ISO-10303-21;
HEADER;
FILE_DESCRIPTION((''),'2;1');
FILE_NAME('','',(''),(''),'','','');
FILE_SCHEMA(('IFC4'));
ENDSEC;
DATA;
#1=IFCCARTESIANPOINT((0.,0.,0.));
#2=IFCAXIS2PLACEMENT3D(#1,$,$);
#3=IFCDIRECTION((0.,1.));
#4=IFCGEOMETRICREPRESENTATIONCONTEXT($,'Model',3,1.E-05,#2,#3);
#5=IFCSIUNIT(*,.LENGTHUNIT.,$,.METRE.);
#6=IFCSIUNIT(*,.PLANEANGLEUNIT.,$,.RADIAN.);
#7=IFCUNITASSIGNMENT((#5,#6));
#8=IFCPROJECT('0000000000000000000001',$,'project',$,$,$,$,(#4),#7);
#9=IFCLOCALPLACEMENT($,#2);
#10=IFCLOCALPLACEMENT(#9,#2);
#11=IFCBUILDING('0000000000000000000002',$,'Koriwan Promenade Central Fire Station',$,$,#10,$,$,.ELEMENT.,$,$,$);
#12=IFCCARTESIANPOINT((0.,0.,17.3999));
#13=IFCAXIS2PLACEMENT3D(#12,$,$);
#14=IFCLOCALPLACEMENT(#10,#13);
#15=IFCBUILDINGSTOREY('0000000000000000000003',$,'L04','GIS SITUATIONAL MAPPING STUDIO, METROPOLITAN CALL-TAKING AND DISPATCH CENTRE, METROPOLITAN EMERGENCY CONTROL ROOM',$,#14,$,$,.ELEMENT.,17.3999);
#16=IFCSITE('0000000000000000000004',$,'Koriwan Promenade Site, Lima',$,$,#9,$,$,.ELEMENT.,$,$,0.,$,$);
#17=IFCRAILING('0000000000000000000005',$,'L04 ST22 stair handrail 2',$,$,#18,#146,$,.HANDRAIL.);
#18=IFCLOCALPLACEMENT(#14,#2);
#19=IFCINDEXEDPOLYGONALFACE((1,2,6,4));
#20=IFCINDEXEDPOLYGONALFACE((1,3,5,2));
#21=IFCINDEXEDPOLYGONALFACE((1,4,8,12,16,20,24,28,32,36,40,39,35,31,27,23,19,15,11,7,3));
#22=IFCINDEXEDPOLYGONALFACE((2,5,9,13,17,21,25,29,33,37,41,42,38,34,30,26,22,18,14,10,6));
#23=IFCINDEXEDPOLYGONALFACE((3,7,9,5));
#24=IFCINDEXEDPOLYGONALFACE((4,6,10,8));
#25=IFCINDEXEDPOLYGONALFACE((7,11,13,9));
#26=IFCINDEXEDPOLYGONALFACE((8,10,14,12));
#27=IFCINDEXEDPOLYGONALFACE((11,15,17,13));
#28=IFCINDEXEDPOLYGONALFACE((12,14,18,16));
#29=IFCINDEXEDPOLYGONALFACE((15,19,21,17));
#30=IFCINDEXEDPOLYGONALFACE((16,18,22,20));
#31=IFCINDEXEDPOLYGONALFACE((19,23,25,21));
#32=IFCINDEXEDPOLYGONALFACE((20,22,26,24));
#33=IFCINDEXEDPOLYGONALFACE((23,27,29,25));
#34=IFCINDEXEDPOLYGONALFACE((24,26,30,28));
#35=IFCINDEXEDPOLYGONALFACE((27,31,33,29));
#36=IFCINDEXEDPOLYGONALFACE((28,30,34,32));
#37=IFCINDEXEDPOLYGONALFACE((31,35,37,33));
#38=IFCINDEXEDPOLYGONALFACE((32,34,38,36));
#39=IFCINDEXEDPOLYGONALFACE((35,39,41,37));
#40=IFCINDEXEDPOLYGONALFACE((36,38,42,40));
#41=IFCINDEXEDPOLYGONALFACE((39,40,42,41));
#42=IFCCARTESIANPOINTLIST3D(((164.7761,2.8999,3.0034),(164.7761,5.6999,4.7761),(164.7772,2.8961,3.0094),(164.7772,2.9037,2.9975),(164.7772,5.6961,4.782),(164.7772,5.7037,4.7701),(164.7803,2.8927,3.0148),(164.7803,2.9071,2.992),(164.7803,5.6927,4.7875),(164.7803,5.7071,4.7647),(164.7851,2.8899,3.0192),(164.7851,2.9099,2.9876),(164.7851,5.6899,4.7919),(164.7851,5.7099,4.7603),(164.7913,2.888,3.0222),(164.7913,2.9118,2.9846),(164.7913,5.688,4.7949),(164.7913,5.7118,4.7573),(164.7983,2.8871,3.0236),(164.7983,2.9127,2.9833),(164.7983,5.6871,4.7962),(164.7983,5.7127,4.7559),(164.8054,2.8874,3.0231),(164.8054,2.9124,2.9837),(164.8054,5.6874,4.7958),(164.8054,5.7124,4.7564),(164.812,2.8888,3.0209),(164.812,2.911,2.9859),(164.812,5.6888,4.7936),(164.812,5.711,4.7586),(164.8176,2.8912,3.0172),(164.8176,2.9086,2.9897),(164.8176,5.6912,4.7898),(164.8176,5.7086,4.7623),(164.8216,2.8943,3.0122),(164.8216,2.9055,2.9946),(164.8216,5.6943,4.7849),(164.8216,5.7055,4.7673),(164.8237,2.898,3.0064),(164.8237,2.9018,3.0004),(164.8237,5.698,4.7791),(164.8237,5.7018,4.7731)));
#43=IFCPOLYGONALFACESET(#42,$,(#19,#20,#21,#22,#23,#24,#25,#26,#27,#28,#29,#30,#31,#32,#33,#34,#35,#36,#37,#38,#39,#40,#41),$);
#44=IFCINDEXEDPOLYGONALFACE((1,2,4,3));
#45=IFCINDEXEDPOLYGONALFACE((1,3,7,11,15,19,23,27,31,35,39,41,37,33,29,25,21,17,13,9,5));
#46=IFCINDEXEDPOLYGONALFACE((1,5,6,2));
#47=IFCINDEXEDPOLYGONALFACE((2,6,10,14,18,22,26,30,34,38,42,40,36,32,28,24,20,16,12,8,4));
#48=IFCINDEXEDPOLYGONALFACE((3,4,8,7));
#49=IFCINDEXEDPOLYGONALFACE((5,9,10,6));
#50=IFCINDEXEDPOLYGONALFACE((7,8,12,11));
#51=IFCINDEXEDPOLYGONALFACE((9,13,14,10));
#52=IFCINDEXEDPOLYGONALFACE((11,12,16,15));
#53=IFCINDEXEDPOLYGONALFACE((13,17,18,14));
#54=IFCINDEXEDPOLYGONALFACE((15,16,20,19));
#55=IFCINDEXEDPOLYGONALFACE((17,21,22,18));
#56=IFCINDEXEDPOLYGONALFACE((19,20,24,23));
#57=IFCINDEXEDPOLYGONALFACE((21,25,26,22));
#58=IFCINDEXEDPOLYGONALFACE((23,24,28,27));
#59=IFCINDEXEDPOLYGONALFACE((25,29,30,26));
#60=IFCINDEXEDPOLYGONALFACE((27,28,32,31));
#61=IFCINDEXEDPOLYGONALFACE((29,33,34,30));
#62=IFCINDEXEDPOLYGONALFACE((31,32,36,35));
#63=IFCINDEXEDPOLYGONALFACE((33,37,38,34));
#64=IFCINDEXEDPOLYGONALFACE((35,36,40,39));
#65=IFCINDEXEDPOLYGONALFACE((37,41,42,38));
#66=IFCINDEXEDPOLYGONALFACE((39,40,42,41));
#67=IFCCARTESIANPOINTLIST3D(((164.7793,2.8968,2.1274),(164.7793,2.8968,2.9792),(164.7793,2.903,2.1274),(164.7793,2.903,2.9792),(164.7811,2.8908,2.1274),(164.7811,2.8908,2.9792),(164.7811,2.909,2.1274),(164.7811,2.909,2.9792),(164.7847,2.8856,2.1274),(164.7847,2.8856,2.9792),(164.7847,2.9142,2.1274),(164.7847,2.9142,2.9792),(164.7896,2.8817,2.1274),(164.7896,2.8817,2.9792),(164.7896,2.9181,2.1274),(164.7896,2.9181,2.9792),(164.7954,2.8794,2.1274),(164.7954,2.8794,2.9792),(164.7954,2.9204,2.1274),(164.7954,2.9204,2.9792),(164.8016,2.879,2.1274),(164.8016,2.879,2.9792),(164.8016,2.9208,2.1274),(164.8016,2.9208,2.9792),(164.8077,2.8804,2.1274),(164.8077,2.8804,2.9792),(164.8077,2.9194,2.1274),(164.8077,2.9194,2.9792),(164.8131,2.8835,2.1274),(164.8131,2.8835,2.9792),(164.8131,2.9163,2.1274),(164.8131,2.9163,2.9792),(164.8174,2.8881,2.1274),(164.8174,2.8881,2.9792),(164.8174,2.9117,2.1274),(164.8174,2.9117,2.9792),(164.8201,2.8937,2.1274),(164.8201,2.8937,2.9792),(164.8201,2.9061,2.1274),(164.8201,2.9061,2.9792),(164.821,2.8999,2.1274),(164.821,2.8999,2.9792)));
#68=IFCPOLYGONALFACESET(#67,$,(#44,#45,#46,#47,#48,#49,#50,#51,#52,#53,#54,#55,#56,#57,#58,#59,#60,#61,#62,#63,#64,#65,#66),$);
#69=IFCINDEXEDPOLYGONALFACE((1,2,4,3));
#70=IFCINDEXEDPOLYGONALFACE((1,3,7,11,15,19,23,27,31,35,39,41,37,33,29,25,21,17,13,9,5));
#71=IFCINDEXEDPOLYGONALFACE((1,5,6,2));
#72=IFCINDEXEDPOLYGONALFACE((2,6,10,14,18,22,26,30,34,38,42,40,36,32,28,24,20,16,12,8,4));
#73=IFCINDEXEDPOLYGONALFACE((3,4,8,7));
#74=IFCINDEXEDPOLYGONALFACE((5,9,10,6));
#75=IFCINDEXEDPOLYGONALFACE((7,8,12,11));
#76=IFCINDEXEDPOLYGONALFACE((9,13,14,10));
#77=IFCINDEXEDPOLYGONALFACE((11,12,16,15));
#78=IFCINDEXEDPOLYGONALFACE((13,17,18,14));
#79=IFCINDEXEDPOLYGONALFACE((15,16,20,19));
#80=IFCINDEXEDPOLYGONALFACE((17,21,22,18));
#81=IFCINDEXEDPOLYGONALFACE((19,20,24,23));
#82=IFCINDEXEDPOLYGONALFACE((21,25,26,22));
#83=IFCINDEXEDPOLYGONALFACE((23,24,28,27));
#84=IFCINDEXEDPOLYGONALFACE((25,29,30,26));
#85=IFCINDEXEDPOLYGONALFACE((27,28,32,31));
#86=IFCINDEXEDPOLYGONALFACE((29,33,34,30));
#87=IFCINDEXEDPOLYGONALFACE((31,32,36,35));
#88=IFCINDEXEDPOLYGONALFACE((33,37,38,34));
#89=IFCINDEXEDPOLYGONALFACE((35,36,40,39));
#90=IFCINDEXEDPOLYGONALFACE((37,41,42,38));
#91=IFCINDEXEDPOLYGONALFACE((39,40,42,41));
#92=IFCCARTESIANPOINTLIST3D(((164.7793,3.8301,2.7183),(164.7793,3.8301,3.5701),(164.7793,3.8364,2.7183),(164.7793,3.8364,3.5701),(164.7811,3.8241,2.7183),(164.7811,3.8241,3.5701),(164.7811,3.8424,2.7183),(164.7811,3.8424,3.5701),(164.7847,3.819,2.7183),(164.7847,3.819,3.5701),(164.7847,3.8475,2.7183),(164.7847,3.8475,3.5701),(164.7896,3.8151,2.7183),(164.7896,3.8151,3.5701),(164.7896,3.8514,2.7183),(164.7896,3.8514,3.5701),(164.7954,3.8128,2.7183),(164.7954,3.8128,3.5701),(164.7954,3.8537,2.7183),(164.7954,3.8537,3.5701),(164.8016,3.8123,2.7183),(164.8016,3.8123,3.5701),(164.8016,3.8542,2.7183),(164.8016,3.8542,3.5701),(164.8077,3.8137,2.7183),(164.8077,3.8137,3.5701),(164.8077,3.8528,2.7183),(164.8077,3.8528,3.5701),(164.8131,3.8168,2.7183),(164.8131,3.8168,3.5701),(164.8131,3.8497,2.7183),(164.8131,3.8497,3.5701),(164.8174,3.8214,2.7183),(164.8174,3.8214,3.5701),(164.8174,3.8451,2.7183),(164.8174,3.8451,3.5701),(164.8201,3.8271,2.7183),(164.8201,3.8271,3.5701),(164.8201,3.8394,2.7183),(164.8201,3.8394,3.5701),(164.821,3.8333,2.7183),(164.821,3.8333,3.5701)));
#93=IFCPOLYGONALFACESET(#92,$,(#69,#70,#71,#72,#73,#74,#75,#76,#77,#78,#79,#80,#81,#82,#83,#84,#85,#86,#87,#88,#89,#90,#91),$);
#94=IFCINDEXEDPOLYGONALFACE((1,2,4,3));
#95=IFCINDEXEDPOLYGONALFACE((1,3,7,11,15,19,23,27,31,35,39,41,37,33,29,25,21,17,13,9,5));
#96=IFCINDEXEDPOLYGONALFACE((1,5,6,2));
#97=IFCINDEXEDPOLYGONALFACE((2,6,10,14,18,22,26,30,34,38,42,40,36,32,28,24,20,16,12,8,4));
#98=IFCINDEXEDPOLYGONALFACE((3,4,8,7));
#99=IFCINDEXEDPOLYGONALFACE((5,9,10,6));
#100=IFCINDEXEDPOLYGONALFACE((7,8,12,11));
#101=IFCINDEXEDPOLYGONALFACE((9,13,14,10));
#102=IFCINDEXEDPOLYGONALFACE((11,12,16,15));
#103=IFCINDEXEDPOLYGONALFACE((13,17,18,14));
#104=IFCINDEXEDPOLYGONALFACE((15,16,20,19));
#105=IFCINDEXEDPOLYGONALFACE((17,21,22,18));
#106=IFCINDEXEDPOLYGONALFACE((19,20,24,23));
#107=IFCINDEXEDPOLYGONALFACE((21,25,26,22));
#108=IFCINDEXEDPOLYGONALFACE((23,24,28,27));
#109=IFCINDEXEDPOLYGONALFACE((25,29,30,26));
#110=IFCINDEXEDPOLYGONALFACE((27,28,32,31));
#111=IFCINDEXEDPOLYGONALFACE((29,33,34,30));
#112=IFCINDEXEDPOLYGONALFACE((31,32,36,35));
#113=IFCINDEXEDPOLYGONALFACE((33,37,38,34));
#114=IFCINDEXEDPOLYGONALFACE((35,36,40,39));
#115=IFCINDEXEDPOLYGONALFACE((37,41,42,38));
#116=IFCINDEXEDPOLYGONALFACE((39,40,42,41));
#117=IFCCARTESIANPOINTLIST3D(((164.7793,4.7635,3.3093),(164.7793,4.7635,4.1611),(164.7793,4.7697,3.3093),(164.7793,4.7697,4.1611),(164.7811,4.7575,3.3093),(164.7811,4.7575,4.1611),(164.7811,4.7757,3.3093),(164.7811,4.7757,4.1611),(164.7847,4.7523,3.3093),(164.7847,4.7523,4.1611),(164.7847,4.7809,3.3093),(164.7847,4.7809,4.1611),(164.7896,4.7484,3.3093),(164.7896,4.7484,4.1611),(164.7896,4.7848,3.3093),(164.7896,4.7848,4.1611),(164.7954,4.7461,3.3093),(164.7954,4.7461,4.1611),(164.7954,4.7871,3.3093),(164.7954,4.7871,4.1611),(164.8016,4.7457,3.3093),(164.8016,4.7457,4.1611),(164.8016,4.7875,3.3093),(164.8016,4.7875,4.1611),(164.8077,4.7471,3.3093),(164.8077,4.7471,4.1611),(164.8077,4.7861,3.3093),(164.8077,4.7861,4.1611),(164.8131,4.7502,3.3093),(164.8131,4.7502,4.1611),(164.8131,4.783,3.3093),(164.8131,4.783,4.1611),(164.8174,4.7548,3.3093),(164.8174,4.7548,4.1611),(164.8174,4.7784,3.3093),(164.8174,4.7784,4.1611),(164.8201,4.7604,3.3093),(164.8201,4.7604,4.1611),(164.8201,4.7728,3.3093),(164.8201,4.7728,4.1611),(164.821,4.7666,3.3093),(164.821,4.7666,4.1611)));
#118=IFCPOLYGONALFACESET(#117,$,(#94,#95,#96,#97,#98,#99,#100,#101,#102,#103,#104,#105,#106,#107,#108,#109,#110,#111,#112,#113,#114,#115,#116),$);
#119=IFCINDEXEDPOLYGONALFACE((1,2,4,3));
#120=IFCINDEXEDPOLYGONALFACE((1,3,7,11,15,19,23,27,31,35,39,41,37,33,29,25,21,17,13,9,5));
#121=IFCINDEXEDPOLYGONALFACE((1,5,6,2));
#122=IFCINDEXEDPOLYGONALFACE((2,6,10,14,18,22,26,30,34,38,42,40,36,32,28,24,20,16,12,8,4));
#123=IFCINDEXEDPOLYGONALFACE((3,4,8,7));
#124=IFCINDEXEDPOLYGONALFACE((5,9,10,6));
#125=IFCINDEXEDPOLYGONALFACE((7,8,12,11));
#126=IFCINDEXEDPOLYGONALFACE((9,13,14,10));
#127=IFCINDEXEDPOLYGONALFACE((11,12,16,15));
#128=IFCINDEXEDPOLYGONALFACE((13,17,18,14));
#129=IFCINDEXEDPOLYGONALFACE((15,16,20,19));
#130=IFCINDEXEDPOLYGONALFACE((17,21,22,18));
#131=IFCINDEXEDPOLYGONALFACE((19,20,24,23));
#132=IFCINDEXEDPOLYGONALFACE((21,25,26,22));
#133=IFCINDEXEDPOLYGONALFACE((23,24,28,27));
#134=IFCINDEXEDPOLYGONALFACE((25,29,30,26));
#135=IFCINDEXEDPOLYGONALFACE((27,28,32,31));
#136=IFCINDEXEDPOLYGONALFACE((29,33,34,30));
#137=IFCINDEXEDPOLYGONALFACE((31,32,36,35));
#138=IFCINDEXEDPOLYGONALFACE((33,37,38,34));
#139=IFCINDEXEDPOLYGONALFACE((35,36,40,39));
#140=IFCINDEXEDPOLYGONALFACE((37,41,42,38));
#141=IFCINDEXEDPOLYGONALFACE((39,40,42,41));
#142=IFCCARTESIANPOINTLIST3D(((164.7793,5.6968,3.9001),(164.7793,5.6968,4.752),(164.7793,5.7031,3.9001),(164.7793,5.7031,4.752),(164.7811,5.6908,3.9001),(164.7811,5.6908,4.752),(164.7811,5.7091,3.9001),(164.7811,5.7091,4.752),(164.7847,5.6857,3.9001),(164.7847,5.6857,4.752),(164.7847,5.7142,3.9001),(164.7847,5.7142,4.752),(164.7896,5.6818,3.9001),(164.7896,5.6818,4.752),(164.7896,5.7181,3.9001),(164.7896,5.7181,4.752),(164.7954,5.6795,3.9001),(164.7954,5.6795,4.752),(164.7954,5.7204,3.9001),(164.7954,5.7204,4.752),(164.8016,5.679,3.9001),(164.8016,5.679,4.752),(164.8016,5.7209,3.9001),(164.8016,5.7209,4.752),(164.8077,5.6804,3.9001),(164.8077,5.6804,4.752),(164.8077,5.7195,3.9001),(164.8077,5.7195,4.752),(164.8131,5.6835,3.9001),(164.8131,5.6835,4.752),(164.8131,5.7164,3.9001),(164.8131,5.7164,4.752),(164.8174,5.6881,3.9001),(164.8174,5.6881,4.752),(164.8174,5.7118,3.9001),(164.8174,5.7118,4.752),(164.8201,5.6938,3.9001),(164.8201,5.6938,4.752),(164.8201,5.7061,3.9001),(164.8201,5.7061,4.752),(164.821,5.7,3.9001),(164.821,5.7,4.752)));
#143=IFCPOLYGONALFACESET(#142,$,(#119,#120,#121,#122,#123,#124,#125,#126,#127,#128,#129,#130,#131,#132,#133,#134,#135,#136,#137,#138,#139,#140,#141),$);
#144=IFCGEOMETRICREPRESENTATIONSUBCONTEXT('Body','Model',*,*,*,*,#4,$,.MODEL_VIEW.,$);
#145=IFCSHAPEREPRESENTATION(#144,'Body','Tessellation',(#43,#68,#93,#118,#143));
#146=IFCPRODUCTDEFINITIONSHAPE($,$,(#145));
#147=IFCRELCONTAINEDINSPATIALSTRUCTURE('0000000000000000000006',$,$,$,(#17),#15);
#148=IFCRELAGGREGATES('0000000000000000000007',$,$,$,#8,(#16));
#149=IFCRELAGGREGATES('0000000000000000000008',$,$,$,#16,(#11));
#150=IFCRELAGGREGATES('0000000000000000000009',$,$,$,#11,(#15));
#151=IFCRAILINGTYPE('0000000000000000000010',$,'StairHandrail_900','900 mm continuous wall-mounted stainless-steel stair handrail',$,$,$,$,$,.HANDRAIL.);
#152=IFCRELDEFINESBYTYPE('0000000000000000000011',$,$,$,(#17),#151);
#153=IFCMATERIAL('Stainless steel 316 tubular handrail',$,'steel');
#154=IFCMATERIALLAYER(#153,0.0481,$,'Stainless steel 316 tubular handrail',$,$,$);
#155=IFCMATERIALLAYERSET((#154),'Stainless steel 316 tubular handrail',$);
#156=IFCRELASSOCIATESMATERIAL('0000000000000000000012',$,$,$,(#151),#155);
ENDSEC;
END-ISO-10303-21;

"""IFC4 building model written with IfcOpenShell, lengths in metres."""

from ifc_helpers import new_model, si_unit, direction, frame, origin, origin_2d, place, context, subcontext, project, spatial, circle, extrude, material, layer, layer_set, type_object, element, save


model = new_model("IFC4")

# Units and contexts
model_context = context("Model", 3, precision=1e-05, world=origin(), true_north=direction((0.0, 1.0)))
body_context = subcontext(model_context, "Body", "Model", "MODEL_VIEW")
ifc_project = project(units=[si_unit("LENGTHUNIT", "METRE"), si_unit("PLANEANGLEUNIT", "RADIAN")], contexts=[model_context])

# Site, building, storey
site_placement = place(None, origin())
site = spatial("IfcSite", under=ifc_project, at=site_placement, Name="Koriwan Promenade Site, Lima", CompositionType="ELEMENT", RefElevation=0.0)
building_placement = place(site_placement, origin())
building = spatial("IfcBuilding", under=site, at=building_placement, Name="Koriwan Promenade Central Fire Station", CompositionType="ELEMENT")
storey_placement = place(building_placement, frame((0.0, 0.0, 17.3999)))
storey = spatial("IfcBuildingStorey", under=building, at=storey_placement, Name="L04", Description="GIS SITUATIONAL MAPPING STUDIO, METROPOLITAN CALL-TAKING AND DISPATCH CENTRE, METROPOLITAN EMERGENCY CONTROL ROOM", CompositionType="ELEMENT", Elevation=17.3999)

# Railing
ifc_material_1 = material(Name="Stainless steel 316 tubular handrail", Category="steel")
ifc_layer_1 = layer(ifc_material_1, 0.0481, Name="Stainless steel 316 tubular handrail")
ifc_layer_set_1 = layer_set([ifc_layer_1], Name="Stainless steel 316 tubular handrail")
railing_type_1 = type_object("IfcRailingType", Name="StairHandrail_900", Description="900 mm continuous wall-mounted stainless-steel stair handrail", PredefinedType="HANDRAIL", material=ifc_layer_set_1)
railing_1_placement = place(storey_placement, frame((164.8, 2.8999, 2.1274)))
element("IfcRailing", 1, at=railing_1_placement, inside=storey, type_object=railing_type_1, Name="L04 ST22 stair handrail 2", PredefinedType="HANDRAIL", context=body_context, shape_type="SweptSolid", body=[
    extrude(circle(Radius=0.0239, at=origin_2d()), frame((0.0, 0.0, 0.876), z_axis=(0.0, 0.844909, 0.53491), x_axis=(-1.0, 0.0, 0.0)), (0.0, 0.0, 1.0), 3.314),
    extrude(circle(Radius=0.021, at=origin_2d()), origin(), (0.0, 0.0, 1.0), 0.8518),
    extrude(circle(Radius=0.021, at=origin_2d()), frame((0.0, 0.9333, 0.5908)), (0.0, 0.0, 1.0), 0.8518),
    extrude(circle(Radius=0.021, at=origin_2d()), frame((0.0, 1.8667, 1.1819)), (0.0, 0.0, 1.0), 0.8518),
    extrude(circle(Radius=0.021, at=origin_2d()), frame((0.0, 2.8, 1.7727)), (0.0, 0.0, 1.0), 0.8518),
])

save(model, "model.ifc")
